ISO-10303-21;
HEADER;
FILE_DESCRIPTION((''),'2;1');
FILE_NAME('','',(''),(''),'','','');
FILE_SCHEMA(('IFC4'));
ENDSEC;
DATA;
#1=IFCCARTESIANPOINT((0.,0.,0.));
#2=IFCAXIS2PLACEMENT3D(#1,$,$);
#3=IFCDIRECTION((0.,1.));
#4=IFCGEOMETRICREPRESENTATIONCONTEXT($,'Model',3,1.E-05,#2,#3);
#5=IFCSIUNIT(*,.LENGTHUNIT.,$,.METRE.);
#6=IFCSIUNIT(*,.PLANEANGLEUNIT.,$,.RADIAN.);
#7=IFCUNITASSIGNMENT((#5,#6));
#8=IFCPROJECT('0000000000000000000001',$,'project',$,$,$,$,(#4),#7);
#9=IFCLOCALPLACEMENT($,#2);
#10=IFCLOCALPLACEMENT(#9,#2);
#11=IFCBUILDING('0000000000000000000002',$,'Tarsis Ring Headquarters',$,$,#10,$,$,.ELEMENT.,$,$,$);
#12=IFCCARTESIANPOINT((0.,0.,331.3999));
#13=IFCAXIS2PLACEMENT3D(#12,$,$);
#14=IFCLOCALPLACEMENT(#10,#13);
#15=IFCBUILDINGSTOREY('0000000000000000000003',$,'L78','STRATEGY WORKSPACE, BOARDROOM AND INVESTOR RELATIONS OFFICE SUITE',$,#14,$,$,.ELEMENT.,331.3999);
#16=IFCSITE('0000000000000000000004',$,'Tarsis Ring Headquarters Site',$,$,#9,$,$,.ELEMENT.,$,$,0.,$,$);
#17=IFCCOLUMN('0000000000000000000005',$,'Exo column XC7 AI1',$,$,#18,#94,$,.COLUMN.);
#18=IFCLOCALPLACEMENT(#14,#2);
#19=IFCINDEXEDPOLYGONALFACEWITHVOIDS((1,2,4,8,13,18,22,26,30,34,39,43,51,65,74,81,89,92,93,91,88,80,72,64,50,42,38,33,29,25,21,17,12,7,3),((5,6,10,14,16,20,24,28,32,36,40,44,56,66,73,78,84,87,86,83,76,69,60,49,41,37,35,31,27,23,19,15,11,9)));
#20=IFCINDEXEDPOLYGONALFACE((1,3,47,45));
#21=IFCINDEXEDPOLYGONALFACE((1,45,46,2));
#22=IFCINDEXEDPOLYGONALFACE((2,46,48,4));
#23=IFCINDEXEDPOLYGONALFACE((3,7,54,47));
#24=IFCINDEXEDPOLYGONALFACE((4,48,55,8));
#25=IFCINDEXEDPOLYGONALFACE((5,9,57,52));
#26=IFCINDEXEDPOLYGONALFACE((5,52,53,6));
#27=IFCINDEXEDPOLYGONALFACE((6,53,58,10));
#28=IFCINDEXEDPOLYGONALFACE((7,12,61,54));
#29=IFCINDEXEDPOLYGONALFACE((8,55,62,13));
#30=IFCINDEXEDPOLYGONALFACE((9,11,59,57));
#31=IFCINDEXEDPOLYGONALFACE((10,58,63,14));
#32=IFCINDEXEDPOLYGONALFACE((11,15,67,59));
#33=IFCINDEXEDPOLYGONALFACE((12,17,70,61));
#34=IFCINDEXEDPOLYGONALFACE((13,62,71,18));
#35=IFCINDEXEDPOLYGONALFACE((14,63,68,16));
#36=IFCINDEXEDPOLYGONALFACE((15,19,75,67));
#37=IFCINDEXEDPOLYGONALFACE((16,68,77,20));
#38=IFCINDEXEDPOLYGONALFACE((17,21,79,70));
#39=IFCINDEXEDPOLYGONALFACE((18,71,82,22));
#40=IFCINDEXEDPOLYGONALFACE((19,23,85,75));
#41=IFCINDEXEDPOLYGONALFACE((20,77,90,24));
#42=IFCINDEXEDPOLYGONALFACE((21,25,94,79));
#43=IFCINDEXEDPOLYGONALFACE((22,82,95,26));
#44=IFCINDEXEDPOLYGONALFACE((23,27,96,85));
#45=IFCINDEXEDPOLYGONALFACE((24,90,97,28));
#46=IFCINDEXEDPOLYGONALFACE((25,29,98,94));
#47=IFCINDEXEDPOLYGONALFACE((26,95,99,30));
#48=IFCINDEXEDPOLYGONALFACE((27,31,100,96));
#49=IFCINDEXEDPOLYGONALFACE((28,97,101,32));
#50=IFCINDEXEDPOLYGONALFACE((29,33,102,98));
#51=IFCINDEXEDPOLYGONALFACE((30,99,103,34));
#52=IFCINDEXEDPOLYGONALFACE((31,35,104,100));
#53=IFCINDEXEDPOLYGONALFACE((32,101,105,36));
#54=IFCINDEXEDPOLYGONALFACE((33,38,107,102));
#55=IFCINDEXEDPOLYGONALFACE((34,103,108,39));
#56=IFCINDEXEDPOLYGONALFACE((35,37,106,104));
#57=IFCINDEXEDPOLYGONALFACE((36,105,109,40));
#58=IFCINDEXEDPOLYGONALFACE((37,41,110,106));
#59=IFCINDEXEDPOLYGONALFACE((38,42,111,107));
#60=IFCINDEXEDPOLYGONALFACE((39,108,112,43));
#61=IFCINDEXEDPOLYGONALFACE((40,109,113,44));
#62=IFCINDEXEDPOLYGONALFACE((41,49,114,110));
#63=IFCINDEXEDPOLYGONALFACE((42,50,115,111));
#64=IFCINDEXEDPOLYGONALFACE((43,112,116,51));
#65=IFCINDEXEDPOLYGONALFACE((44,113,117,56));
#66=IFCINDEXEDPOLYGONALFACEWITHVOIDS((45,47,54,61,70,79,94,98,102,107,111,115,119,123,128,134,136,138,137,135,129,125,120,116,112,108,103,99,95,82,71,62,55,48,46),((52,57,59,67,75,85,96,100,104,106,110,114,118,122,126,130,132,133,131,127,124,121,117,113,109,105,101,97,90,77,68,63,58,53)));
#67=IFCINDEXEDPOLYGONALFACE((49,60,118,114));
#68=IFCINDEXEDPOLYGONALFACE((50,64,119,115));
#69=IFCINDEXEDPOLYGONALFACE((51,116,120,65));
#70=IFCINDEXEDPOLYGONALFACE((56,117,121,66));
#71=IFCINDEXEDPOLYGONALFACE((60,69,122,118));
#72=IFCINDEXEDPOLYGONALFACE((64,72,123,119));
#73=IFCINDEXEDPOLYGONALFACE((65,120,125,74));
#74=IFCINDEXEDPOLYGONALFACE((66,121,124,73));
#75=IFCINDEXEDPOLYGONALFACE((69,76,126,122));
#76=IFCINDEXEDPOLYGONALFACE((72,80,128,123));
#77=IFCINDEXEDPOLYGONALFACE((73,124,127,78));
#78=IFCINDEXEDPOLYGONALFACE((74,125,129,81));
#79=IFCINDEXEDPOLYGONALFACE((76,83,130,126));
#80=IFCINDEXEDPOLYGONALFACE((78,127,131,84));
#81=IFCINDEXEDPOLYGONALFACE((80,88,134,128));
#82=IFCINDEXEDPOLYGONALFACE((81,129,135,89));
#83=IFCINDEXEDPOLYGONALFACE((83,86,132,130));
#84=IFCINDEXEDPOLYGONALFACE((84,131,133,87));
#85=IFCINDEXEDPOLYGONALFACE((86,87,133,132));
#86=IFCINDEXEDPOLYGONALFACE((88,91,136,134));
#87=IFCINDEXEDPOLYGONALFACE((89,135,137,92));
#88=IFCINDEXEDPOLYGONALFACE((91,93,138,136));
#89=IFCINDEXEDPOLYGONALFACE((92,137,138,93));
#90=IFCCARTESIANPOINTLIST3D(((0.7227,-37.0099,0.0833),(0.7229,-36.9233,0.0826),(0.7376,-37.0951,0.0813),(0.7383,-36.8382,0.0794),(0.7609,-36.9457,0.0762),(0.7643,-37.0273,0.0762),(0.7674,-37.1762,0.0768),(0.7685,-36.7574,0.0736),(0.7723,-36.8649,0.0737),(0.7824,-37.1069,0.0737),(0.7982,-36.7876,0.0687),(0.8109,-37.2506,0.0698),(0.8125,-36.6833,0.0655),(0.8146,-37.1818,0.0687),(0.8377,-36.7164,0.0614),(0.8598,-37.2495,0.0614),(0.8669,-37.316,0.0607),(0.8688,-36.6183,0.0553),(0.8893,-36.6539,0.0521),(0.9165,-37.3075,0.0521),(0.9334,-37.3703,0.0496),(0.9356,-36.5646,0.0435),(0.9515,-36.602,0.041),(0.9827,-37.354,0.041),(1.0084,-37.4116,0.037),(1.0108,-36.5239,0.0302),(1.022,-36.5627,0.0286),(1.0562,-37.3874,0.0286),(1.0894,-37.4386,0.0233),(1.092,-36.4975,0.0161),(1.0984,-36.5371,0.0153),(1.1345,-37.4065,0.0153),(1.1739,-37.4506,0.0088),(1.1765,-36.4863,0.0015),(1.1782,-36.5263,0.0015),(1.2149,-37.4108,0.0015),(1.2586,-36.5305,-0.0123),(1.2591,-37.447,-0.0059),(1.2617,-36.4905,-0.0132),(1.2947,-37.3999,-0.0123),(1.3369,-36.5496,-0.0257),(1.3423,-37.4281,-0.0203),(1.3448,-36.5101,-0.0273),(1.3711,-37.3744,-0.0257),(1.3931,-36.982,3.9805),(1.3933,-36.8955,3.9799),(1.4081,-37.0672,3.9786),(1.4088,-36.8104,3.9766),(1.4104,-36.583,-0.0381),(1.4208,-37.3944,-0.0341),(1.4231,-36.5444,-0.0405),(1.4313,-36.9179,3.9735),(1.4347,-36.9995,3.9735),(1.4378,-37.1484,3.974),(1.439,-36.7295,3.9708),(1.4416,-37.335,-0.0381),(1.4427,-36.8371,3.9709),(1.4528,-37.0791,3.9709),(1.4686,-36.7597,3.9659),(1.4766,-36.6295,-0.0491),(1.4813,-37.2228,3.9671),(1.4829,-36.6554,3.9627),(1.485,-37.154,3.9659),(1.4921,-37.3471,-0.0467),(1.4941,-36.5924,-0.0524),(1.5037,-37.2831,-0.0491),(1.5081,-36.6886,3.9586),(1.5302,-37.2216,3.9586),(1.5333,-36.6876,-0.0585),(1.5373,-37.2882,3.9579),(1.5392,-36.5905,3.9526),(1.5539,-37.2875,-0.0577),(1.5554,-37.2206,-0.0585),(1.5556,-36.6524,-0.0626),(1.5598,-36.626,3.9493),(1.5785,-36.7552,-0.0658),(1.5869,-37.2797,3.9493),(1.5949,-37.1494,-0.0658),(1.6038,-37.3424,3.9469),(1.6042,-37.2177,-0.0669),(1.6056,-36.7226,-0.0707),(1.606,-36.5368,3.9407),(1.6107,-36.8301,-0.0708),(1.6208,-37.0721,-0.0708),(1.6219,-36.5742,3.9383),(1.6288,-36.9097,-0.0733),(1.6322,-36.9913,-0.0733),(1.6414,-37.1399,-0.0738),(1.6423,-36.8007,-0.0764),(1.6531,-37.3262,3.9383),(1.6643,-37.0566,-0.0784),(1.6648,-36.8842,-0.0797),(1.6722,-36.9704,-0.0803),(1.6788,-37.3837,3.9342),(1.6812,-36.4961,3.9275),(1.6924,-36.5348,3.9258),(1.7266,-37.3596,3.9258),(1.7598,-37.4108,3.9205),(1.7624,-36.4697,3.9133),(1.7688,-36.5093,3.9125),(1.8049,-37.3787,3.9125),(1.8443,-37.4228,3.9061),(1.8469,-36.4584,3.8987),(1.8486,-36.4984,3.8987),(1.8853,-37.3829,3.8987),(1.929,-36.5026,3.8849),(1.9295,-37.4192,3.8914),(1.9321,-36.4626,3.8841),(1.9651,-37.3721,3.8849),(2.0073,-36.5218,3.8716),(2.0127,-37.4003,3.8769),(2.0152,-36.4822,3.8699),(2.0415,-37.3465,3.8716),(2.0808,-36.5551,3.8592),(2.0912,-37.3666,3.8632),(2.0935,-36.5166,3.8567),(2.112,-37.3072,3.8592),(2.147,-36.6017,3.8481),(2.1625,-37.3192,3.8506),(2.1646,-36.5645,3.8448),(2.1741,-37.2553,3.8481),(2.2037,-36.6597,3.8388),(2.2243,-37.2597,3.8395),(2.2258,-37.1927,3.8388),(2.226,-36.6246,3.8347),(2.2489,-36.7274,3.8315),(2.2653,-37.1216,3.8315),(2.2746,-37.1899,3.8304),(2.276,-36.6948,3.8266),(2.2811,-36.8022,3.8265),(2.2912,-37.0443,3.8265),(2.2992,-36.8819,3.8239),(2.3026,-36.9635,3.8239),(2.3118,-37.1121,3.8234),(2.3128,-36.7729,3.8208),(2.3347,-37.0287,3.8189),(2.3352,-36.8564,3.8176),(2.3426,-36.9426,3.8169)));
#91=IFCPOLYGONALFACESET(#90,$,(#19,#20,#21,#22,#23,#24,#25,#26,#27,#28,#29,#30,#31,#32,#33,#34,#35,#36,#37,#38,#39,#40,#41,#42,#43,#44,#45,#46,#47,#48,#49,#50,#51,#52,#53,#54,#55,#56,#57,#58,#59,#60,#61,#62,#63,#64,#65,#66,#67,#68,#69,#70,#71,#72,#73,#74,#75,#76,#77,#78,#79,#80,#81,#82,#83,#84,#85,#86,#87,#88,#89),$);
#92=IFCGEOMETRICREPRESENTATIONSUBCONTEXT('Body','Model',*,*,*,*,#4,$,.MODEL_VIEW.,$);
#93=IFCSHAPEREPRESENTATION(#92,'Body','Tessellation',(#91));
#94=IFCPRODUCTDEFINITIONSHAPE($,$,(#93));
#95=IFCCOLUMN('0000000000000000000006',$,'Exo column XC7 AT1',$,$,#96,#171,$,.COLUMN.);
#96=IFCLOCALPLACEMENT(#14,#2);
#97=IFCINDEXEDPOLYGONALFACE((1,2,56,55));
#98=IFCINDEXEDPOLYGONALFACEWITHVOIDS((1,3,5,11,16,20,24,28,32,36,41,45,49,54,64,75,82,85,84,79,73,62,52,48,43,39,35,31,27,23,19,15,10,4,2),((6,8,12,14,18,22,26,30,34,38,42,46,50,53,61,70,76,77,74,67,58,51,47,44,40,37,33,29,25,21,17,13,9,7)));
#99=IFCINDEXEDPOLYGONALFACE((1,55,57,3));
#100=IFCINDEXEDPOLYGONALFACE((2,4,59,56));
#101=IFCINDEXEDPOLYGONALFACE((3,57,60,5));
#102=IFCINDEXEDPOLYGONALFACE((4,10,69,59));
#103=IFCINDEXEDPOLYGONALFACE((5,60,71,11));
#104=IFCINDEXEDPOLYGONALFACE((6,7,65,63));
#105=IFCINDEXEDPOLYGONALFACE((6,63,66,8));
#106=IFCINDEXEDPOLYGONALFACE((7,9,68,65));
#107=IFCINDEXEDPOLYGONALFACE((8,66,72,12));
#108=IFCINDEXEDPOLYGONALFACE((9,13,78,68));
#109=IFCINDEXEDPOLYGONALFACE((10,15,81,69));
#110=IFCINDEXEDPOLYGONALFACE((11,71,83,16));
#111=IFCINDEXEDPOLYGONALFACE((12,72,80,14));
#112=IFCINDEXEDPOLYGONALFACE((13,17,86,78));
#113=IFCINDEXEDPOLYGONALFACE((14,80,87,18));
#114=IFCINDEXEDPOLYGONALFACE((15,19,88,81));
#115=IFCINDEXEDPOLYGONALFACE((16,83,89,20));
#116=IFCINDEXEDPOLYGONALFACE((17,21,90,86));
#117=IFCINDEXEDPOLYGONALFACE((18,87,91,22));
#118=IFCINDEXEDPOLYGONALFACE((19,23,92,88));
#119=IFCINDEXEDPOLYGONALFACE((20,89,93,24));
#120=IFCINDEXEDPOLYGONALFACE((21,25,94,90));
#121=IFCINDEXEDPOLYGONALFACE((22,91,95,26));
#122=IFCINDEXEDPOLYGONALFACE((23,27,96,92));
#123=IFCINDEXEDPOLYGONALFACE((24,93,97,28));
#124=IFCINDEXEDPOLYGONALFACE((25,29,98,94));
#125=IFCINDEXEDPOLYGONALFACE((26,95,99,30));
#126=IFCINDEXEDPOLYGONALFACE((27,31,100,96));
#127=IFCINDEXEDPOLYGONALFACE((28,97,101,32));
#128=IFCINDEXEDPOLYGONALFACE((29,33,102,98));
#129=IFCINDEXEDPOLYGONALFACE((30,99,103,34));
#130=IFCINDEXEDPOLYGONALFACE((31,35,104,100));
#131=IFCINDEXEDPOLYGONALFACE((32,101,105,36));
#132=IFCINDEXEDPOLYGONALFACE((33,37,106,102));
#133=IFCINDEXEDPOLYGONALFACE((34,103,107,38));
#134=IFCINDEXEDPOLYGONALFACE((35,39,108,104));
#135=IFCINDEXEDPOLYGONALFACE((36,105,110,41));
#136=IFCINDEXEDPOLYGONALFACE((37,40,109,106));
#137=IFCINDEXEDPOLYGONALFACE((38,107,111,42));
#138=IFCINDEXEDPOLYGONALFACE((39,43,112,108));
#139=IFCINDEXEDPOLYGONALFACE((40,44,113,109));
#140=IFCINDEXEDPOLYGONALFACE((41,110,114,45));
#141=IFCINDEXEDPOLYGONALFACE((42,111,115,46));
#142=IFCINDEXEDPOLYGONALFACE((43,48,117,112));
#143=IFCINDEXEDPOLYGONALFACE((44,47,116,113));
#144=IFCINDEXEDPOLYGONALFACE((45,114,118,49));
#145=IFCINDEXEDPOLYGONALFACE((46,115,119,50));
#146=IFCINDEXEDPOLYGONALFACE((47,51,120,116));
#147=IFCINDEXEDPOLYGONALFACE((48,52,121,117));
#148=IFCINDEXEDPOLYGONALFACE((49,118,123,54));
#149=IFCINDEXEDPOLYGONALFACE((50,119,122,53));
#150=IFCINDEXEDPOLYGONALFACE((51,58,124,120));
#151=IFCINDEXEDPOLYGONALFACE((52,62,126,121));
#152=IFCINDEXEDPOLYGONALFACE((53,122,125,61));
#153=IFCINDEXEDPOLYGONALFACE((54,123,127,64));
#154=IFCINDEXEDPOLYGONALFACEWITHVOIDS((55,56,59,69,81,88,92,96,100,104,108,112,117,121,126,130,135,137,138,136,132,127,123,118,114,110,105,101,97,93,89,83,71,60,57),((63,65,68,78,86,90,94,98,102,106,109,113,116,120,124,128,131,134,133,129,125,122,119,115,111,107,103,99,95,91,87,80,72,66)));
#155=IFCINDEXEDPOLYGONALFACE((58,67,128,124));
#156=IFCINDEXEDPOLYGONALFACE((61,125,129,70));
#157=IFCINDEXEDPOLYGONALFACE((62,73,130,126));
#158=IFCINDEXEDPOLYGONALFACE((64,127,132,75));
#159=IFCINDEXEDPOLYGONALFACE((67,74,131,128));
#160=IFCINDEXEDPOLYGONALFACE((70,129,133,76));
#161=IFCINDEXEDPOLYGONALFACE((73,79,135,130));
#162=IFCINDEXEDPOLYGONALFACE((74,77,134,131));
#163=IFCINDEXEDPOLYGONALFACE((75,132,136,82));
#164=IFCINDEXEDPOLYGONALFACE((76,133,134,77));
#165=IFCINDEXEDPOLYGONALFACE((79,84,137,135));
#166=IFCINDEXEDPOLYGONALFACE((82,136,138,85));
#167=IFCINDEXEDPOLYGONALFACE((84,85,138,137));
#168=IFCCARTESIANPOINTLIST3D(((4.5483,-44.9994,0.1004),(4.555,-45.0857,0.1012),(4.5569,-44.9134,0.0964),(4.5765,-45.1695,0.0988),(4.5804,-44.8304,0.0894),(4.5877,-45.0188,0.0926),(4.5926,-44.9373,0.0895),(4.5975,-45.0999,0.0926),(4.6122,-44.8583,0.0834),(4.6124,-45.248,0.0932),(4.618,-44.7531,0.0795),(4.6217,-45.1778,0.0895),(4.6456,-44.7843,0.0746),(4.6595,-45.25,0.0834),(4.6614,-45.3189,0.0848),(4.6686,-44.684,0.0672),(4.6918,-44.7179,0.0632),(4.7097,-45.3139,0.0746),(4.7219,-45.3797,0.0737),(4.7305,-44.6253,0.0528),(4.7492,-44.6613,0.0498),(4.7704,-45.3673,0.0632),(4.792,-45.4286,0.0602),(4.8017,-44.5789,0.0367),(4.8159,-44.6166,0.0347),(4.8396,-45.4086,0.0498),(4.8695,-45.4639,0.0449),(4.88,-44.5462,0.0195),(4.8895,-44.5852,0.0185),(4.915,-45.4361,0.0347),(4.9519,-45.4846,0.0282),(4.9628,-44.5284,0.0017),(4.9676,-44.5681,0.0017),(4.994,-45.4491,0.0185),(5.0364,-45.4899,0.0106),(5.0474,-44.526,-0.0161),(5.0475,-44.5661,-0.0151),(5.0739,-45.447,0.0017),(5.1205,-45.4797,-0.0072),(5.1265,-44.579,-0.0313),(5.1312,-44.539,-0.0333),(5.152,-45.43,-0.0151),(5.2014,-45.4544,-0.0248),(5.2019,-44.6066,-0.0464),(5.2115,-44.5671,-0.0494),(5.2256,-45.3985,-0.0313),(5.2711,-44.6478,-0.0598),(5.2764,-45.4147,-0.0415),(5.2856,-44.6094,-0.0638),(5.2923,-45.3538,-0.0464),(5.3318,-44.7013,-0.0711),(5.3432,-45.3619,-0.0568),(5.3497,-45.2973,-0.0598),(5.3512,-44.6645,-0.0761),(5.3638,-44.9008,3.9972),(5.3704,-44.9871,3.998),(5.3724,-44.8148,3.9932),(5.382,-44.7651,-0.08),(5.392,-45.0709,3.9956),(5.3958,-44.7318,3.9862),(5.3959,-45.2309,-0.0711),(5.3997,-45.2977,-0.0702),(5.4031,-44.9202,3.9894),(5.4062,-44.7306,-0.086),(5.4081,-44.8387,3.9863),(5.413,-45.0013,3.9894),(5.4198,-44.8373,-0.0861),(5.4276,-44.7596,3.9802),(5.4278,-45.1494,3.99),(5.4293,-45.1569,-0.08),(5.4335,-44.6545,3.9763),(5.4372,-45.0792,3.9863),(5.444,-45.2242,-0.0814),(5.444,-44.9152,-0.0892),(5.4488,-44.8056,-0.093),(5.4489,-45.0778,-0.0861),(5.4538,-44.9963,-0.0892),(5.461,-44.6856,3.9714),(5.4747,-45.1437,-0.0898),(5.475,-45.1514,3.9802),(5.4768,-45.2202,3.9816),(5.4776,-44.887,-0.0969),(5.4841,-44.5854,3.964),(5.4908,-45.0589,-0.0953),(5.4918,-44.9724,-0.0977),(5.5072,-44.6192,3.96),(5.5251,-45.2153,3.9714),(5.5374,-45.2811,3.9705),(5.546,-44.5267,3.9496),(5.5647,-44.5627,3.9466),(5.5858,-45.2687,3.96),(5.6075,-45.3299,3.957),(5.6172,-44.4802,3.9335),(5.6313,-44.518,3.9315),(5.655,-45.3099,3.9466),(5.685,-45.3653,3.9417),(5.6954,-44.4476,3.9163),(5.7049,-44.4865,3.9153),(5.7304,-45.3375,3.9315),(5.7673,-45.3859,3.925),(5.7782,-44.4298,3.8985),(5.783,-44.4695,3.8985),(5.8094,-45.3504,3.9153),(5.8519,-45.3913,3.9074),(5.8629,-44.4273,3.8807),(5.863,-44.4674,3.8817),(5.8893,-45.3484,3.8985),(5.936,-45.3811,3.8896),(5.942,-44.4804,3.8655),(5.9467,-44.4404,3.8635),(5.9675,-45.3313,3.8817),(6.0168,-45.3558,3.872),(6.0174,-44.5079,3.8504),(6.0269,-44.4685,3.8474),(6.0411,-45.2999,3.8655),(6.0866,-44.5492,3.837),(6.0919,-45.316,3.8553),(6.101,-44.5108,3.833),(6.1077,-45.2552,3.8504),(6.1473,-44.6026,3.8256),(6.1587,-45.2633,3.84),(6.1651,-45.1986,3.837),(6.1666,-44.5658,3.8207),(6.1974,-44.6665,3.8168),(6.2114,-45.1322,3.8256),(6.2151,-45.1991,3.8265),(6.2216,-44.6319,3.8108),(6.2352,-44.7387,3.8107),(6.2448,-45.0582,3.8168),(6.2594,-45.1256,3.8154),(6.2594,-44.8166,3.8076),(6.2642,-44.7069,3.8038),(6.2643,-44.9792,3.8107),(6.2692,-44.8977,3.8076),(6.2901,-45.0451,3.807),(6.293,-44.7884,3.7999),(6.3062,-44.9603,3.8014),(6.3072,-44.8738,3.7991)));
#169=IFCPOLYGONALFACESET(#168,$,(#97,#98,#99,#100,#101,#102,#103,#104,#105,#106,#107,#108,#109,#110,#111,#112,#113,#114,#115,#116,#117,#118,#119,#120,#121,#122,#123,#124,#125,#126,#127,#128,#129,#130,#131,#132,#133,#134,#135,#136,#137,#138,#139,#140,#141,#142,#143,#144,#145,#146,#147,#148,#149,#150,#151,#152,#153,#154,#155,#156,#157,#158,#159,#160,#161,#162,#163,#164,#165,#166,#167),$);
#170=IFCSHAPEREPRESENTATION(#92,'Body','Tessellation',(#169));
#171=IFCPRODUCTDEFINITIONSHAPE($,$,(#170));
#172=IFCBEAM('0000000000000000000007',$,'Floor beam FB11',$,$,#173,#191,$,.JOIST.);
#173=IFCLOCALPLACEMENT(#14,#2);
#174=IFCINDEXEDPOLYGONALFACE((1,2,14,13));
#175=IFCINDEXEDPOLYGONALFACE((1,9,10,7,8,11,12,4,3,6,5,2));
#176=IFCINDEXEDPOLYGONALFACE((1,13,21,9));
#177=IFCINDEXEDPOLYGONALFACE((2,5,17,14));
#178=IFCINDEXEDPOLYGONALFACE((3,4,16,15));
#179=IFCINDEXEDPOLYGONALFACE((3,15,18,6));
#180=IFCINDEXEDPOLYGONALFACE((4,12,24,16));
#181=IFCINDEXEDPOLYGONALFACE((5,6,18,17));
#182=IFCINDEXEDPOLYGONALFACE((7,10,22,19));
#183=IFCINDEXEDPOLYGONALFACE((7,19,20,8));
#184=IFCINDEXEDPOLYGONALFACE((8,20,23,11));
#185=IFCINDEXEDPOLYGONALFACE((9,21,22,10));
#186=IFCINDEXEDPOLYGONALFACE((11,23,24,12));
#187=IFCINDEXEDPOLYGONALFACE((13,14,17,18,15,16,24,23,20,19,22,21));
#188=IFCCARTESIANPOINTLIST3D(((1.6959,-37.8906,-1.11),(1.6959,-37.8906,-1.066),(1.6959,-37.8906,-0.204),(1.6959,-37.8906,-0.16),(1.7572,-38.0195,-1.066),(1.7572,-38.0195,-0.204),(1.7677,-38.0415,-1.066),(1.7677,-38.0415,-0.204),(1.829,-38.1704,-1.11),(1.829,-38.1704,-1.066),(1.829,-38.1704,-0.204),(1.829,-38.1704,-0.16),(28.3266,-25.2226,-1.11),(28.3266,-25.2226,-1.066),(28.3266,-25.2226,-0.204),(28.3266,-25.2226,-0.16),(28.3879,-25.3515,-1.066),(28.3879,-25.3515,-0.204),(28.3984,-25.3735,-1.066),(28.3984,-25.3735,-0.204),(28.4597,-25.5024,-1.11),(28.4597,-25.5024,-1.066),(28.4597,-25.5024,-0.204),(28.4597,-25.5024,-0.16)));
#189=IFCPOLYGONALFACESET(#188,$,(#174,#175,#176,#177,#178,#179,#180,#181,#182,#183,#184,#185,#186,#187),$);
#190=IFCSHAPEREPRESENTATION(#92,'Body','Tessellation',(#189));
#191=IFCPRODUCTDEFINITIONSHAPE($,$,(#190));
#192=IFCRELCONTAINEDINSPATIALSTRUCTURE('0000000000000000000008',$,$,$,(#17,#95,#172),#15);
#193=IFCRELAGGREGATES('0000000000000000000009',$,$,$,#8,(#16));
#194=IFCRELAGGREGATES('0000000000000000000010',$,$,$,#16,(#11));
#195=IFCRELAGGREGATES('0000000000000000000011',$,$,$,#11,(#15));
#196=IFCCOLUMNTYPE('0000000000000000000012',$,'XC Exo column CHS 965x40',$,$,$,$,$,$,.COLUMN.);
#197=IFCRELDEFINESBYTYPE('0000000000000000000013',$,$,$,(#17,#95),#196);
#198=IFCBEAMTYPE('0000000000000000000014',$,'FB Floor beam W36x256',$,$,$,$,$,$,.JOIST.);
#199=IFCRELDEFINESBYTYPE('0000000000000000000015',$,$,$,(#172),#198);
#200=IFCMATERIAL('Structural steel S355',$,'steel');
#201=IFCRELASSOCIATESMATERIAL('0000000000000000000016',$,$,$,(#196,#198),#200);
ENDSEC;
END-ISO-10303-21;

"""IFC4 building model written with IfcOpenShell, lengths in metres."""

from ifc_helpers import new_model, si_unit, direction, frame, origin, origin_2d, place, context, subcontext, project, spatial, hollow_circle, i_section, extrude, material, material_profile, profile_set, type_object, element, save


model = new_model("IFC4")

# Units and contexts
model_context = context("Model", 3, precision=1e-05, world=origin(), true_north=direction((0.0, 1.0)))
body_context = subcontext(model_context, "Body", "Model", "MODEL_VIEW")
ifc_project = project(units=[si_unit("LENGTHUNIT", "METRE"), si_unit("PLANEANGLEUNIT", "RADIAN")], contexts=[model_context])

# Site, building, storey
site_placement = place(None, origin())
site = spatial("IfcSite", under=ifc_project, at=site_placement, Name="Tarsis Ring Headquarters Site", CompositionType="ELEMENT", RefElevation=0.0)
building_placement = place(site_placement, origin())
building = spatial("IfcBuilding", under=site, at=building_placement, Name="Tarsis Ring Headquarters", CompositionType="ELEMENT")
storey_placement = place(building_placement, frame((0.0, 0.0, 331.3999)))
storey = spatial("IfcBuildingStorey", under=building, at=storey_placement, Name="L78", Description="STRATEGY WORKSPACE, BOARDROOM AND INVESTOR RELATIONS OFFICE SUITE", CompositionType="ELEMENT", Elevation=331.3999)

# Columns
ifc_material_1 = material(Name="Structural steel S355", Category="steel")
ifc_material_profile_1 = material_profile(ifc_material_1, hollow_circle(Radius=0.4827, WallThickness=0.04, at=origin_2d()), Name="CHS 965x40")
ifc_profile_set_1 = profile_set([ifc_material_profile_1], Name="Structural steel S355")
column_type = type_object("IfcColumnType", Name="XC Exo column CHS 965x40", PredefinedType="COLUMN", material=ifc_profile_set_1)
column_1_placement = place(storey_placement, frame((1.1965, -36.9685, 0.0015), z_axis=(0.169528, 0.007038, 0.9855), x_axis=(-0.041479, 0.999139, 0.0)))
element("IfcColumn", 1, at=column_1_placement, inside=storey, type_object=column_type, Name="Exo column XC7 AI1", PredefinedType="COLUMN", context=body_context, shape_type="SweptSolid", body=[
    extrude(hollow_circle(Radius=0.4827, WallThickness=0.04, at=origin_2d()), origin(), (0.0, 0.0, 1.0), 3.9546),
])
column_2_placement = place(storey_placement, frame((5.0208, -45.0076, 0.0017), z_axis=(0.204761, 0.024767, 0.978499), x_axis=(-0.120083, 0.992764, 0.0)))
element("IfcColumn", 2, at=column_2_placement, inside=storey, type_object=column_type, Name="Exo column XC7 AT1", PredefinedType="COLUMN", context=body_context, shape_type="SweptSolid", body=[
    extrude(hollow_circle(Radius=0.4827, WallThickness=0.04, at=origin_2d()), origin(), (0.0, 0.0, 1.0), 3.9824),
])

# Beam
ifc_material_profile_2 = material_profile(ifc_material_1, i_section(OverallWidth=0.3098, OverallDepth=0.95, WebThickness=0.0244, FlangeThickness=0.0439, at=origin_2d()), Name="W36x256")
ifc_profile_set_2 = profile_set([ifc_material_profile_2], Name="Structural steel S355")
beam_type_1 = type_object("IfcBeamType", Name="FB Floor beam W36x256", PredefinedType="JOIST", material=ifc_profile_set_2)
beam_1_placement = place(storey_placement, frame((1.7625, -38.0305, -0.635), z_axis=(0.903035, 0.429567, 0.0), x_axis=(-0.429567, 0.903035, 0.0)))
element("IfcBeam", 3, at=beam_1_placement, inside=storey, type_object=beam_type_1, Name="Floor beam FB11", PredefinedType="JOIST", context=body_context, shape_type="SweptSolid", body=[
    extrude(i_section(OverallWidth=0.3098, OverallDepth=0.95, WebThickness=0.0244, FlangeThickness=0.0439, at=origin_2d()), origin(), (0.0, 0.0, 1.0), 29.4902),
])

save(model, "model.ifc")
